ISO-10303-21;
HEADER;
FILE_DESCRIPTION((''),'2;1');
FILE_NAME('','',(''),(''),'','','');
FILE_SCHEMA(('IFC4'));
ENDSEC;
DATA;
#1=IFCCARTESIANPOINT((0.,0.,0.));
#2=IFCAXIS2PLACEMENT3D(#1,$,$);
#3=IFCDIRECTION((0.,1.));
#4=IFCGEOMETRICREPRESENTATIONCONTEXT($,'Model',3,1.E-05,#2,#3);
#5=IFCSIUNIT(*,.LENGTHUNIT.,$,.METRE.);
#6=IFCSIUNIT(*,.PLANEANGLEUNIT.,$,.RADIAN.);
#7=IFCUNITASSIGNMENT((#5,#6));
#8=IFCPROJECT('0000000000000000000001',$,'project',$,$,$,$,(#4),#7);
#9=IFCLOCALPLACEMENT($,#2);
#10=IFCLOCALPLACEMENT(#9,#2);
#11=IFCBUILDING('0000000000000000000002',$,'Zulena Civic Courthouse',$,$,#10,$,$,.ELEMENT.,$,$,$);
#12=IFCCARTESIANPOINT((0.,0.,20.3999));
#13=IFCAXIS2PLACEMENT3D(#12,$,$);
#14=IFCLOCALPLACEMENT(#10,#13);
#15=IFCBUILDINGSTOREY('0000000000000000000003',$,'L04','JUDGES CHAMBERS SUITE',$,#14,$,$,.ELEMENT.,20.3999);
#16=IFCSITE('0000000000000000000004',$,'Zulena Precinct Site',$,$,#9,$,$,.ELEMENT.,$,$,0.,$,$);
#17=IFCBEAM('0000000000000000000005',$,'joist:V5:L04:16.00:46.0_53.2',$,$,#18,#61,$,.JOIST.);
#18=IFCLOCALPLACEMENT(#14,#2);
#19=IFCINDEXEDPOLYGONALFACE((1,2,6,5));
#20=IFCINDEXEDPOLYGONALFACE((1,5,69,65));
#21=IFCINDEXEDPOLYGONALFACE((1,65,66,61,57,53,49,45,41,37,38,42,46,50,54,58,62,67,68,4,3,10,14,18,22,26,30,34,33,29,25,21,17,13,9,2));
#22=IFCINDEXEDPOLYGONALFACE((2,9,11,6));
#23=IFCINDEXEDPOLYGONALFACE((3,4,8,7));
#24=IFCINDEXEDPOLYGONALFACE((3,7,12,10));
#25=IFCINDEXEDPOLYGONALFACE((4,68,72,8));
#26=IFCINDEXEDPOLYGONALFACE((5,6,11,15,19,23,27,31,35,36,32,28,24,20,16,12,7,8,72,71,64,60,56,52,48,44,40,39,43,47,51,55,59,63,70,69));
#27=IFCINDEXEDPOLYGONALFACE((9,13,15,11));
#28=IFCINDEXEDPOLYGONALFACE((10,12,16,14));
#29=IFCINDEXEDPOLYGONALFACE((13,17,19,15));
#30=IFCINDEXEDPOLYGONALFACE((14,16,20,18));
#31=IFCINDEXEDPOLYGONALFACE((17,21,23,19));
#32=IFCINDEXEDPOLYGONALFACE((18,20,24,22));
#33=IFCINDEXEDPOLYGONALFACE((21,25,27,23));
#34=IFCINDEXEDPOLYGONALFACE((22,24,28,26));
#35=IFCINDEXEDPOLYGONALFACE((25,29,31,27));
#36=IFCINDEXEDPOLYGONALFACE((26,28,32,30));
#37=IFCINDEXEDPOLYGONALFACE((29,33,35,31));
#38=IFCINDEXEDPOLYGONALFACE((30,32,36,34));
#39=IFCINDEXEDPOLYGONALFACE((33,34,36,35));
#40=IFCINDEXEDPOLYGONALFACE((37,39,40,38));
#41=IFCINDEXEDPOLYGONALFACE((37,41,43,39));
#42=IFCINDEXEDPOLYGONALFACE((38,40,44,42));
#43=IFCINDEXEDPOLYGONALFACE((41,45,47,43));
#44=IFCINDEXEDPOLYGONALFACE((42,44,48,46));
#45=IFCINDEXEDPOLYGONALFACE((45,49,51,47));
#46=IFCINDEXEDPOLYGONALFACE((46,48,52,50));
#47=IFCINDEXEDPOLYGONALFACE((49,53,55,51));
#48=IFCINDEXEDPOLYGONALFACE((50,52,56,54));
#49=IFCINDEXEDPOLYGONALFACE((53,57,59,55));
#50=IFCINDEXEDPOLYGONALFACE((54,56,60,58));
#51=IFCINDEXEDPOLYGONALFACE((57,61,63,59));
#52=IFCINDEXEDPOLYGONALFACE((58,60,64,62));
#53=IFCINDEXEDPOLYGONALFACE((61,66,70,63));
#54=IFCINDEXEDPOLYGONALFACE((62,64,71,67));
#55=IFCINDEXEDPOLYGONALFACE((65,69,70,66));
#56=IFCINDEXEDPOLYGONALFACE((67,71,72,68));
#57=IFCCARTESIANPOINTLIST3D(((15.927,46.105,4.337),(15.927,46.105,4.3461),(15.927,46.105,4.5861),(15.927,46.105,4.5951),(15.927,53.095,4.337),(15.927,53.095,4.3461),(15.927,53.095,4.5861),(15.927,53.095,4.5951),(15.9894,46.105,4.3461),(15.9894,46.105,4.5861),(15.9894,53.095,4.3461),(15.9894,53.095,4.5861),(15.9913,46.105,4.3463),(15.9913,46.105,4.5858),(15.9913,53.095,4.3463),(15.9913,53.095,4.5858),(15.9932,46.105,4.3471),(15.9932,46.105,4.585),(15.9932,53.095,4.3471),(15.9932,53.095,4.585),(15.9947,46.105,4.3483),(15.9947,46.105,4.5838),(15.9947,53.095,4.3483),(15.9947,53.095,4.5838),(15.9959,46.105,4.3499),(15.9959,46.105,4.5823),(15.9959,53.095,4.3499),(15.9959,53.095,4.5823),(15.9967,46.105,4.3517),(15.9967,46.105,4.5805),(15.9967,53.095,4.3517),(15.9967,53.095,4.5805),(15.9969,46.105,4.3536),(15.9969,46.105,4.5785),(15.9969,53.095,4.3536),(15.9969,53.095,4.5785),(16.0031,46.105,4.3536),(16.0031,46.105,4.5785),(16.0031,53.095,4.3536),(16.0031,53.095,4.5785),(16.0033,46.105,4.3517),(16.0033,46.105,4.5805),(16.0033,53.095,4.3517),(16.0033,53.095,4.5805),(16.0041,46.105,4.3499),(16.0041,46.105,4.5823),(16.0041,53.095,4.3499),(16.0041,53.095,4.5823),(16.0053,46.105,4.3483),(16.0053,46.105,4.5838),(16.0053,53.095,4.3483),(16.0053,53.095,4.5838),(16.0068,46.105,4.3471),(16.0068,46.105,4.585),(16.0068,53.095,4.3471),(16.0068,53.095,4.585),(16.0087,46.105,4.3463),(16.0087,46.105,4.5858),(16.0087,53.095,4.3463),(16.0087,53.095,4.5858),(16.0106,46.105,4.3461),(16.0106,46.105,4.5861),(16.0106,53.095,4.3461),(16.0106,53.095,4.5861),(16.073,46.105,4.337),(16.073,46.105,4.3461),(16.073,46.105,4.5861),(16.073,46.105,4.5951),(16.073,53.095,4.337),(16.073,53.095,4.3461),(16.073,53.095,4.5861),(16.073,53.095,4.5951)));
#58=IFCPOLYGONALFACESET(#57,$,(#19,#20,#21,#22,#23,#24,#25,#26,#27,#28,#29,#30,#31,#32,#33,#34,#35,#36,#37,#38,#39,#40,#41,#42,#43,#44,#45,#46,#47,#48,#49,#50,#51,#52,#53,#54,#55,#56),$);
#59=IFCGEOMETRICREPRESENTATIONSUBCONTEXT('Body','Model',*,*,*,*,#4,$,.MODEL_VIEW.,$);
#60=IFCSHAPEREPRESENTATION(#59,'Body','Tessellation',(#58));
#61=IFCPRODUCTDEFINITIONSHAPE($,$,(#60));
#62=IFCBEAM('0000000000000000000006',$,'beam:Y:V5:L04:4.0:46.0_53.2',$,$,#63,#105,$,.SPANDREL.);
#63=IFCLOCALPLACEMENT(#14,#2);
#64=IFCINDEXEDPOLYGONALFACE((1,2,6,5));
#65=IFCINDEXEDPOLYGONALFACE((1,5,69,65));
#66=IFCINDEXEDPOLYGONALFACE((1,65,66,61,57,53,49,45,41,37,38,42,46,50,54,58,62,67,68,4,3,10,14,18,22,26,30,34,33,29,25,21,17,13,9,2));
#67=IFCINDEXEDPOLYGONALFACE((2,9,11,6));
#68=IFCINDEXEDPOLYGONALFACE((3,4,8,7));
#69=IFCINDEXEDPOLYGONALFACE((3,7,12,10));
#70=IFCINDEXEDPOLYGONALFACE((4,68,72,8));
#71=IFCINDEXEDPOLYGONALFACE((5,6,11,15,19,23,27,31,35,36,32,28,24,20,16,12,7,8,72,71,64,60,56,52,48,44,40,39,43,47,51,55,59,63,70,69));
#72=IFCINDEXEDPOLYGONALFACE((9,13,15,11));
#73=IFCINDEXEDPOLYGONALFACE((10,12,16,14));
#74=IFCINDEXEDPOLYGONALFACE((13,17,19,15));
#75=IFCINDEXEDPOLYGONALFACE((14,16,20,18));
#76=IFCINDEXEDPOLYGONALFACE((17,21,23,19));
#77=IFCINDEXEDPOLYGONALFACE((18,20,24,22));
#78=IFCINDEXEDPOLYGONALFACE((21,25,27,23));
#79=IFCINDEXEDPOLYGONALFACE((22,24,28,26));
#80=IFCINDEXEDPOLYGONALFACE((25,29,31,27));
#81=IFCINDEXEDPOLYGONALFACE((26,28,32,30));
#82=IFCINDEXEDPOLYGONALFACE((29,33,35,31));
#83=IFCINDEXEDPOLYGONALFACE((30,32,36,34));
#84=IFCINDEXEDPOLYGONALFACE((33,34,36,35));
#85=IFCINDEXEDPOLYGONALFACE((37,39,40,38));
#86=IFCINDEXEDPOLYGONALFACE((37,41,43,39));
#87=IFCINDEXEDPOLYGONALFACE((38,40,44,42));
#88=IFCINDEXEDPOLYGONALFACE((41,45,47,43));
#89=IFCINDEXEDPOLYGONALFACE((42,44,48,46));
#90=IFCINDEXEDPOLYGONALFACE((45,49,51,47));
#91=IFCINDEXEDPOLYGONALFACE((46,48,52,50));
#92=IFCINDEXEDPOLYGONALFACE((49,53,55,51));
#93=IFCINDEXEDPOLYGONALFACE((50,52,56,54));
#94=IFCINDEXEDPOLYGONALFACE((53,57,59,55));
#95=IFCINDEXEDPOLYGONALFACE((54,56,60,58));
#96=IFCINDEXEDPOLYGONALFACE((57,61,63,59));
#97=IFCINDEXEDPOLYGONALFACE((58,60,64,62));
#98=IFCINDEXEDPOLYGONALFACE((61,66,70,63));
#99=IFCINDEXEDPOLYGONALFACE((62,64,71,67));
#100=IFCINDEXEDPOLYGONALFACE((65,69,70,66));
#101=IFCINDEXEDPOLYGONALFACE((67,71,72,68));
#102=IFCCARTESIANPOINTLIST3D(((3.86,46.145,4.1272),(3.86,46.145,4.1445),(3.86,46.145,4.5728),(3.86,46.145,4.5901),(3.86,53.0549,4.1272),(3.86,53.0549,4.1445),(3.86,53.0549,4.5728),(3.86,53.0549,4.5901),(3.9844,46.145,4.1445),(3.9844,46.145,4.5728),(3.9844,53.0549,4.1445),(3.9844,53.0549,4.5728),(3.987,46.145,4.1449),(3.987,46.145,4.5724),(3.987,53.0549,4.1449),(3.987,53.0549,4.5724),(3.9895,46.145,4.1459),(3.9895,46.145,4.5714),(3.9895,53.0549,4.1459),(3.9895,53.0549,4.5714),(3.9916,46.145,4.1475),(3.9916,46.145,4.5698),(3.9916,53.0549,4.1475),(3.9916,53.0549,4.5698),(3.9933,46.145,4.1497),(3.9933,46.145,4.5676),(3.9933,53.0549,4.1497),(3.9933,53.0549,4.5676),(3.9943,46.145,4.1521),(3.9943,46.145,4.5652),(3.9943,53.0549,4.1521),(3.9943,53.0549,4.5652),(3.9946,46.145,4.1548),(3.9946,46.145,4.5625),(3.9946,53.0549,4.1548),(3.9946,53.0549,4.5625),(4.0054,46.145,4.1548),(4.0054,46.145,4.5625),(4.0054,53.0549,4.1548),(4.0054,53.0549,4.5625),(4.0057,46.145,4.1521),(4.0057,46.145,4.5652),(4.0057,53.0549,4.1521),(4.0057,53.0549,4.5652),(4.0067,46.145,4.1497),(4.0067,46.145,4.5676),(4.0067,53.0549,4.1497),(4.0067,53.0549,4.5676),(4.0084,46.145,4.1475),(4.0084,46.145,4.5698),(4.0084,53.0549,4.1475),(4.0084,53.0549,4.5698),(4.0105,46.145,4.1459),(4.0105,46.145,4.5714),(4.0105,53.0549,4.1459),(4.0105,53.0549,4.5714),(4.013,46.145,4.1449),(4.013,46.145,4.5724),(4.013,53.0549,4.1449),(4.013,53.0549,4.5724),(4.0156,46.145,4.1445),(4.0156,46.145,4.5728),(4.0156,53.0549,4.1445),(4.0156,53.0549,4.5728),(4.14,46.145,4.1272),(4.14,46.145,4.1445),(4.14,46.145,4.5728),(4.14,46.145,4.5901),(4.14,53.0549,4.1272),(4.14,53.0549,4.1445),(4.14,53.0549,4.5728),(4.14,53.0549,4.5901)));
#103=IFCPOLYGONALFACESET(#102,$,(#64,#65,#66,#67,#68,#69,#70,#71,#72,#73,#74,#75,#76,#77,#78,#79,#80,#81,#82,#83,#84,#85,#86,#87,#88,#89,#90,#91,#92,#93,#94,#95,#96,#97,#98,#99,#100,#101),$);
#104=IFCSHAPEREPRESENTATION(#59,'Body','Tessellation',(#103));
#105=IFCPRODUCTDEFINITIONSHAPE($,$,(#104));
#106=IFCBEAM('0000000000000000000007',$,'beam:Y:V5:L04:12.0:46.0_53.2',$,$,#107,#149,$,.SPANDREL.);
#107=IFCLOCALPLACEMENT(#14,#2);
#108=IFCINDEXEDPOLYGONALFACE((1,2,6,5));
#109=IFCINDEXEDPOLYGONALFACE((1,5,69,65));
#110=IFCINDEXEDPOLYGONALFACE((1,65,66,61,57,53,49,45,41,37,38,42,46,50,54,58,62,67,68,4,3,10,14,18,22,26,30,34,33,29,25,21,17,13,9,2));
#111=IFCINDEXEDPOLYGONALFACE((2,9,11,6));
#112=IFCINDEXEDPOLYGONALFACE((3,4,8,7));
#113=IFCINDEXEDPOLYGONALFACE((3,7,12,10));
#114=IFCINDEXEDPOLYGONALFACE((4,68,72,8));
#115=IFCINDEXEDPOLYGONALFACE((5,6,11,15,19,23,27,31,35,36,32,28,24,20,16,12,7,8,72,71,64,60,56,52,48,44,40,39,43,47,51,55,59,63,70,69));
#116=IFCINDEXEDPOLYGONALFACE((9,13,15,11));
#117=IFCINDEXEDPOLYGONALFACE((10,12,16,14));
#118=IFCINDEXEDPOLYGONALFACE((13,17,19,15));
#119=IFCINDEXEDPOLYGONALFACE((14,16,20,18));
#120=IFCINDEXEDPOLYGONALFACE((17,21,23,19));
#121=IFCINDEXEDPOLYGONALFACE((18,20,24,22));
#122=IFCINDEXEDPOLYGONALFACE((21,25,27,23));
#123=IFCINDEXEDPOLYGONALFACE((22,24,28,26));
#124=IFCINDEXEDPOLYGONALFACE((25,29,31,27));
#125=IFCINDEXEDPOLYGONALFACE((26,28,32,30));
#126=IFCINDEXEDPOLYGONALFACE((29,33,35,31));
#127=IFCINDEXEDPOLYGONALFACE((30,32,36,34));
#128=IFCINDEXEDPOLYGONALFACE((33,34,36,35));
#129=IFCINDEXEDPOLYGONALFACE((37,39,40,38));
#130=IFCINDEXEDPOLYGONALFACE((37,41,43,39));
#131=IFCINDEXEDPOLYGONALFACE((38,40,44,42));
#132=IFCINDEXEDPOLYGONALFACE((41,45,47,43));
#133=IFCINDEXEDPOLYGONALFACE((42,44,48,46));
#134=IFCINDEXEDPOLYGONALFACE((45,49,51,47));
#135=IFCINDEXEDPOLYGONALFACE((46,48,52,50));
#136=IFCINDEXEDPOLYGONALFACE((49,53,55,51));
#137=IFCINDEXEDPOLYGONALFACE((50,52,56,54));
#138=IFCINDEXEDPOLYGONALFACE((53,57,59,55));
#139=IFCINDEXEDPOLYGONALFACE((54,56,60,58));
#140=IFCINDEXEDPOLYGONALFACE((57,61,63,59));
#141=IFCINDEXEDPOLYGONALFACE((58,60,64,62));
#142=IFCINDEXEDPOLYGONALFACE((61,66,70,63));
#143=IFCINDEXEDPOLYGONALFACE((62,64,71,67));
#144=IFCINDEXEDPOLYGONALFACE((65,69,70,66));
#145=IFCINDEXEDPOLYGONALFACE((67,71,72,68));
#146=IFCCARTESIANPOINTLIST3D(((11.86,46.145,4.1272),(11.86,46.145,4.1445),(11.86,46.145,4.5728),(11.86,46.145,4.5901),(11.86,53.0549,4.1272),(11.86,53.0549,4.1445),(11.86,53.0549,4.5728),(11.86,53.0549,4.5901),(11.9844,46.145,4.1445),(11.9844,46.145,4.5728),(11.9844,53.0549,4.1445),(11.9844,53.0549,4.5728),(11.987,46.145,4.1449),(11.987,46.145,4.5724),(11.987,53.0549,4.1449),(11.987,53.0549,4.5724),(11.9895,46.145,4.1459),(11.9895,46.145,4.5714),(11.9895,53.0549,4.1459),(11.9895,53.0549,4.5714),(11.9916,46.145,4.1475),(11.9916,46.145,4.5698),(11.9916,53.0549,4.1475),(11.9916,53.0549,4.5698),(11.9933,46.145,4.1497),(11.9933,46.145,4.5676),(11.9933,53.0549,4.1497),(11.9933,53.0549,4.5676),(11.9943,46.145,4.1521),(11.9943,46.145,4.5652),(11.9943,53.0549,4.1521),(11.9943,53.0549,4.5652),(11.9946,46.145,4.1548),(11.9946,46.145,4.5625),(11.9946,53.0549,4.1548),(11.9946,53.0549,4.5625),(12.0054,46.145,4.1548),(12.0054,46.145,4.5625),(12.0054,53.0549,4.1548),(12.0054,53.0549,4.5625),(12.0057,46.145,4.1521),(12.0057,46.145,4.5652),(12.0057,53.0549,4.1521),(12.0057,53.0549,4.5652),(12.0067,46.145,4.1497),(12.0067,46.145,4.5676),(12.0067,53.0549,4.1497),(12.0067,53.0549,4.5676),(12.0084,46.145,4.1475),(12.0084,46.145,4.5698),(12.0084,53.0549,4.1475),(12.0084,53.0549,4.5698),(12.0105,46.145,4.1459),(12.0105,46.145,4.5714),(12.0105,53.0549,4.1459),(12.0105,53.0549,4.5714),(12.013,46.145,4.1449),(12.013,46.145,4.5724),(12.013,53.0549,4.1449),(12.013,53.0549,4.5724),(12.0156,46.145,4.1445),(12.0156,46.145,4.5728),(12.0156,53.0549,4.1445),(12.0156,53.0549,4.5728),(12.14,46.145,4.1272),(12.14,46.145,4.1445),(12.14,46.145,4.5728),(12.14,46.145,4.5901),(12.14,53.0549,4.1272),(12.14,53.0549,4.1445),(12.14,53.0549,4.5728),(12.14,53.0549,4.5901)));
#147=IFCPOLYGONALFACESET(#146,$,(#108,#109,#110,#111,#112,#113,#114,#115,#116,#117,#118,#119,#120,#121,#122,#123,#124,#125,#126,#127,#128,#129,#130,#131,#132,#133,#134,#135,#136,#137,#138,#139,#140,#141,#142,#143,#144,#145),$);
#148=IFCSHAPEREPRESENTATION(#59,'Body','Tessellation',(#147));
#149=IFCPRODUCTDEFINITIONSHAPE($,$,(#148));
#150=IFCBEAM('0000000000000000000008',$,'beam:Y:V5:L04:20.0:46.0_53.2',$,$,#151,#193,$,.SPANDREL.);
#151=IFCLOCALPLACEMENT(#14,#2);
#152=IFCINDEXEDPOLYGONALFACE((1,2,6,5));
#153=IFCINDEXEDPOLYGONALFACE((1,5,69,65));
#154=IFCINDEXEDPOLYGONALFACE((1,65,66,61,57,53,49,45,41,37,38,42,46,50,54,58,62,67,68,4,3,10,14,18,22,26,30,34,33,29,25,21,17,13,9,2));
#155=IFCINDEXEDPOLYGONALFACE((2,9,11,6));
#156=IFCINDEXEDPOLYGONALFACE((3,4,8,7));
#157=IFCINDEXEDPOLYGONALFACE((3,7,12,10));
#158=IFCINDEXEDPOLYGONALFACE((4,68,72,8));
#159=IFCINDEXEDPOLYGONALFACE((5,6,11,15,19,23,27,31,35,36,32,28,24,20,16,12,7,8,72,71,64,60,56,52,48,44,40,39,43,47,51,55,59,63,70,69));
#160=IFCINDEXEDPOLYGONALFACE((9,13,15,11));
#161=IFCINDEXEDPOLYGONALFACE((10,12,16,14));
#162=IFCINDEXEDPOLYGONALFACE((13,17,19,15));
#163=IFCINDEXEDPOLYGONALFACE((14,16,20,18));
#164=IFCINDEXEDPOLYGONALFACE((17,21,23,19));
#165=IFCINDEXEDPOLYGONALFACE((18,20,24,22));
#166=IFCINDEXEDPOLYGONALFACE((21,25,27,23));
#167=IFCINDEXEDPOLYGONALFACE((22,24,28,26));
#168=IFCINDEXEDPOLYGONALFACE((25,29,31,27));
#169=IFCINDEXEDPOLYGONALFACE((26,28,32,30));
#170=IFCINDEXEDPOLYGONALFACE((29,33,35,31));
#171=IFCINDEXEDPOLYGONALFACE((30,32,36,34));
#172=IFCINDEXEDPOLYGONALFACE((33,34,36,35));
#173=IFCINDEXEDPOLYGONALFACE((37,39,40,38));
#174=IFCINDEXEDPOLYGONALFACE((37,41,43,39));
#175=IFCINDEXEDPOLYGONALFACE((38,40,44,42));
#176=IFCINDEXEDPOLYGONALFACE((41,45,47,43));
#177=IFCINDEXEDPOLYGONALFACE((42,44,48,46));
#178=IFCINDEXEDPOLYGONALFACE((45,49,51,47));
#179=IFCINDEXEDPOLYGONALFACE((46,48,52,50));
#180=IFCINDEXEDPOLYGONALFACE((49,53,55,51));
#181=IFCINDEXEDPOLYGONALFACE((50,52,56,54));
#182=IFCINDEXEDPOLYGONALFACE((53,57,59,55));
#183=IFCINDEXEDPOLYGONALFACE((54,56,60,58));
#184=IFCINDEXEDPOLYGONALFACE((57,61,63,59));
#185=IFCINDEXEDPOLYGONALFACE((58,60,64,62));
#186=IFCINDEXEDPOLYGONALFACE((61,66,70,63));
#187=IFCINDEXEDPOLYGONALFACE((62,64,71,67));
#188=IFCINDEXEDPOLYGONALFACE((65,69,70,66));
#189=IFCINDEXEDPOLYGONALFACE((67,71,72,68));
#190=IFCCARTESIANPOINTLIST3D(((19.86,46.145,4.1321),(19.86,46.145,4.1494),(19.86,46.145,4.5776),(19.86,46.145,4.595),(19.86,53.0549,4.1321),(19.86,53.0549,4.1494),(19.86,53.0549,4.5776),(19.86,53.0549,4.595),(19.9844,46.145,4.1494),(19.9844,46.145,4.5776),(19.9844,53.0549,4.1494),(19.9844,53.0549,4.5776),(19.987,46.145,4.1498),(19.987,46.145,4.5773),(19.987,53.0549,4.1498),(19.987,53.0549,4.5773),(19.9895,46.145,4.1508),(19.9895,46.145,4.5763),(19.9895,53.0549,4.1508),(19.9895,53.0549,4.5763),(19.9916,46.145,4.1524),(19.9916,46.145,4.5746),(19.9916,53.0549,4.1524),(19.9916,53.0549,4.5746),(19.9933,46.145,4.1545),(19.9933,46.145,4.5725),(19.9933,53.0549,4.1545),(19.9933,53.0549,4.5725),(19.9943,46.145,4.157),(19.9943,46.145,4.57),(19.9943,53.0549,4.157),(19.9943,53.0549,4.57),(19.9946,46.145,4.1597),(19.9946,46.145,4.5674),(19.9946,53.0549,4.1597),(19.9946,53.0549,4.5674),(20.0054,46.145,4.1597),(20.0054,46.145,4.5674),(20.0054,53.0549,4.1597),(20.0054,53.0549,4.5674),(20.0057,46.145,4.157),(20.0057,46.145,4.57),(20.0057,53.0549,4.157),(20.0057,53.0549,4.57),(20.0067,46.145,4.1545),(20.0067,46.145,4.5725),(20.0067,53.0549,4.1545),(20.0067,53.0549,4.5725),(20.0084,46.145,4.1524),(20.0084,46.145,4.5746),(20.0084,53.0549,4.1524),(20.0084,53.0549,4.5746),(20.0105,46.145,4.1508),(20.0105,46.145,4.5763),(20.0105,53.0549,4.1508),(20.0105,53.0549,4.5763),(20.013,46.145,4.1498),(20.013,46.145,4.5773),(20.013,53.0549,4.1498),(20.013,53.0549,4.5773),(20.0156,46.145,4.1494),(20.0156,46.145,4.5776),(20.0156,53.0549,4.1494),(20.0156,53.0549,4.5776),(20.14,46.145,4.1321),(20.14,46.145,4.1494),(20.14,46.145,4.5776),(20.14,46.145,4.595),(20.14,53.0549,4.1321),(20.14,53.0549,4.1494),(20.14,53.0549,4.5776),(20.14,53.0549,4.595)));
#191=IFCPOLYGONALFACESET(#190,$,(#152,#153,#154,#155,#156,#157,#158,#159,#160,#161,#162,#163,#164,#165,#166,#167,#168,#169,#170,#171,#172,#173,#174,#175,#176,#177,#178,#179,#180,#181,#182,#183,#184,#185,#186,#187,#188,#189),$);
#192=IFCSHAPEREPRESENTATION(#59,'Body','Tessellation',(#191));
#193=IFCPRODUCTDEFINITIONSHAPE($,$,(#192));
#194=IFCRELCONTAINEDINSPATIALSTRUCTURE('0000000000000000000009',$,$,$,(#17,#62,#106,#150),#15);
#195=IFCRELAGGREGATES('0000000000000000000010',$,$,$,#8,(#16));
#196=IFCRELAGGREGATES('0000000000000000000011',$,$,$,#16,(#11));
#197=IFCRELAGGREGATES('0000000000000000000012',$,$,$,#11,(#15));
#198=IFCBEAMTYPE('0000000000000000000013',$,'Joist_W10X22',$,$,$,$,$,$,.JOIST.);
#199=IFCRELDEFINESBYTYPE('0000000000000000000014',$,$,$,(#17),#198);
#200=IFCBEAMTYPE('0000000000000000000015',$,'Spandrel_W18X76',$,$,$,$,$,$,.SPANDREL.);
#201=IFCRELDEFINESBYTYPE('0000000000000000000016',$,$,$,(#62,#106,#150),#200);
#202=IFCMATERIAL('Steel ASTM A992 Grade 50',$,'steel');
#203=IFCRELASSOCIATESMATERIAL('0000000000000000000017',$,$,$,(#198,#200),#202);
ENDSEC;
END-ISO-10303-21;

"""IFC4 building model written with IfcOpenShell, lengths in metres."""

from ifc_helpers import new_model, si_unit, direction, frame, origin, origin_2d, place, context, subcontext, project, spatial, i_section, extrude, material, material_profile, profile_set, type_object, element, save


model = new_model("IFC4")

# Units and contexts
model_context = context("Model", 3, precision=1e-05, world=origin(), true_north=direction((0.0, 1.0)))
body_context = subcontext(model_context, "Body", "Model", "MODEL_VIEW")
ifc_project = project(units=[si_unit("LENGTHUNIT", "METRE"), si_unit("PLANEANGLEUNIT", "RADIAN")], contexts=[model_context])

# Site, building, storey
site_placement = place(None, origin())
site = spatial("IfcSite", under=ifc_project, at=site_placement, Name="Zulena Precinct Site", CompositionType="ELEMENT", RefElevation=0.0)
building_placement = place(site_placement, origin())
building = spatial("IfcBuilding", under=site, at=building_placement, Name="Zulena Civic Courthouse", CompositionType="ELEMENT")
storey_placement = place(building_placement, frame((0.0, 0.0, 20.3999)))
storey = spatial("IfcBuildingStorey", under=building, at=storey_placement, Name="L04", Description="JUDGES CHAMBERS SUITE", CompositionType="ELEMENT", Elevation=20.3999)

# Shared definitions
ifc_material_1 = material(Name="Steel ASTM A992 Grade 50", Category="steel")

# Beams
ifc_material_profile_1 = material_profile(ifc_material_1, i_section(OverallWidth=0.146, OverallDepth=0.2581, WebThickness=0.0061, FlangeThickness=0.009, FilletRadius=0.0076, at=origin_2d()), Name="W10X22")
ifc_profile_set_1 = profile_set([ifc_material_profile_1], Name="Steel ASTM A992 Grade 50")
beam_type_1 = type_object("IfcBeamType", Name="Joist_W10X22", PredefinedType="JOIST", material=ifc_profile_set_1)
for number, where, z_axis, x_axis, name in (
    (1, (16.0, 46.105, 4.4661), (0.0, 1.0, 0.0), (-1.0, 0.0, 0.0), "joist:V5:L04:16.00:46.0_53.2"),
):
    element("IfcBeam", number, at=place(storey_placement, frame(where, z_axis=z_axis, x_axis=x_axis)), inside=storey, type_object=beam_type_1, Name=name, PredefinedType="JOIST", context=body_context, shape_type="SweptSolid", body=[
        extrude(i_section(OverallWidth=0.146, OverallDepth=0.2581, WebThickness=0.0061, FlangeThickness=0.009, FilletRadius=0.0076, at=origin_2d()), origin(), (0.0, 0.0, 1.0), 6.99),
    ])
ifc_material_profile_2 = material_profile(ifc_material_1, i_section(OverallWidth=0.28, OverallDepth=0.4629, WebThickness=0.0107, FlangeThickness=0.0173, FilletRadius=0.0103, at=origin_2d()), Name="W18X76")
ifc_profile_set_2 = profile_set([ifc_material_profile_2], Name="Steel ASTM A992 Grade 50")
beam_type_2 = type_object("IfcBeamType", Name="Spandrel_W18X76", PredefinedType="SPANDREL", material=ifc_profile_set_2)
for number, where, z_axis, x_axis, name in (
    (2, (4.0, 46.145, 4.3586), (0.0, 1.0, 0.0), (-1.0, 0.0, 0.0), "beam:Y:V5:L04:4.0:46.0_53.2"),
    (3, (12.0, 46.145, 4.3586), (0.0, 1.0, 0.0), (-1.0, 0.0, 0.0), "beam:Y:V5:L04:12.0:46.0_53.2"),
    (4, (20.0, 46.145, 4.3635), (0.0, 1.0, 0.0), (-1.0, 0.0, 0.0), "beam:Y:V5:L04:20.0:46.0_53.2"),
):
    element("IfcBeam", number, at=place(storey_placement, frame(where, z_axis=z_axis, x_axis=x_axis)), inside=storey, type_object=beam_type_2, Name=name, PredefinedType="SPANDREL", context=body_context, shape_type="SweptSolid", body=[
        extrude(i_section(OverallWidth=0.28, OverallDepth=0.4629, WebThickness=0.0107, FlangeThickness=0.0173, FilletRadius=0.0103, at=origin_2d()), origin(), (0.0, 0.0, 1.0), 6.9099),
    ])

save(model, "model.ifc")
